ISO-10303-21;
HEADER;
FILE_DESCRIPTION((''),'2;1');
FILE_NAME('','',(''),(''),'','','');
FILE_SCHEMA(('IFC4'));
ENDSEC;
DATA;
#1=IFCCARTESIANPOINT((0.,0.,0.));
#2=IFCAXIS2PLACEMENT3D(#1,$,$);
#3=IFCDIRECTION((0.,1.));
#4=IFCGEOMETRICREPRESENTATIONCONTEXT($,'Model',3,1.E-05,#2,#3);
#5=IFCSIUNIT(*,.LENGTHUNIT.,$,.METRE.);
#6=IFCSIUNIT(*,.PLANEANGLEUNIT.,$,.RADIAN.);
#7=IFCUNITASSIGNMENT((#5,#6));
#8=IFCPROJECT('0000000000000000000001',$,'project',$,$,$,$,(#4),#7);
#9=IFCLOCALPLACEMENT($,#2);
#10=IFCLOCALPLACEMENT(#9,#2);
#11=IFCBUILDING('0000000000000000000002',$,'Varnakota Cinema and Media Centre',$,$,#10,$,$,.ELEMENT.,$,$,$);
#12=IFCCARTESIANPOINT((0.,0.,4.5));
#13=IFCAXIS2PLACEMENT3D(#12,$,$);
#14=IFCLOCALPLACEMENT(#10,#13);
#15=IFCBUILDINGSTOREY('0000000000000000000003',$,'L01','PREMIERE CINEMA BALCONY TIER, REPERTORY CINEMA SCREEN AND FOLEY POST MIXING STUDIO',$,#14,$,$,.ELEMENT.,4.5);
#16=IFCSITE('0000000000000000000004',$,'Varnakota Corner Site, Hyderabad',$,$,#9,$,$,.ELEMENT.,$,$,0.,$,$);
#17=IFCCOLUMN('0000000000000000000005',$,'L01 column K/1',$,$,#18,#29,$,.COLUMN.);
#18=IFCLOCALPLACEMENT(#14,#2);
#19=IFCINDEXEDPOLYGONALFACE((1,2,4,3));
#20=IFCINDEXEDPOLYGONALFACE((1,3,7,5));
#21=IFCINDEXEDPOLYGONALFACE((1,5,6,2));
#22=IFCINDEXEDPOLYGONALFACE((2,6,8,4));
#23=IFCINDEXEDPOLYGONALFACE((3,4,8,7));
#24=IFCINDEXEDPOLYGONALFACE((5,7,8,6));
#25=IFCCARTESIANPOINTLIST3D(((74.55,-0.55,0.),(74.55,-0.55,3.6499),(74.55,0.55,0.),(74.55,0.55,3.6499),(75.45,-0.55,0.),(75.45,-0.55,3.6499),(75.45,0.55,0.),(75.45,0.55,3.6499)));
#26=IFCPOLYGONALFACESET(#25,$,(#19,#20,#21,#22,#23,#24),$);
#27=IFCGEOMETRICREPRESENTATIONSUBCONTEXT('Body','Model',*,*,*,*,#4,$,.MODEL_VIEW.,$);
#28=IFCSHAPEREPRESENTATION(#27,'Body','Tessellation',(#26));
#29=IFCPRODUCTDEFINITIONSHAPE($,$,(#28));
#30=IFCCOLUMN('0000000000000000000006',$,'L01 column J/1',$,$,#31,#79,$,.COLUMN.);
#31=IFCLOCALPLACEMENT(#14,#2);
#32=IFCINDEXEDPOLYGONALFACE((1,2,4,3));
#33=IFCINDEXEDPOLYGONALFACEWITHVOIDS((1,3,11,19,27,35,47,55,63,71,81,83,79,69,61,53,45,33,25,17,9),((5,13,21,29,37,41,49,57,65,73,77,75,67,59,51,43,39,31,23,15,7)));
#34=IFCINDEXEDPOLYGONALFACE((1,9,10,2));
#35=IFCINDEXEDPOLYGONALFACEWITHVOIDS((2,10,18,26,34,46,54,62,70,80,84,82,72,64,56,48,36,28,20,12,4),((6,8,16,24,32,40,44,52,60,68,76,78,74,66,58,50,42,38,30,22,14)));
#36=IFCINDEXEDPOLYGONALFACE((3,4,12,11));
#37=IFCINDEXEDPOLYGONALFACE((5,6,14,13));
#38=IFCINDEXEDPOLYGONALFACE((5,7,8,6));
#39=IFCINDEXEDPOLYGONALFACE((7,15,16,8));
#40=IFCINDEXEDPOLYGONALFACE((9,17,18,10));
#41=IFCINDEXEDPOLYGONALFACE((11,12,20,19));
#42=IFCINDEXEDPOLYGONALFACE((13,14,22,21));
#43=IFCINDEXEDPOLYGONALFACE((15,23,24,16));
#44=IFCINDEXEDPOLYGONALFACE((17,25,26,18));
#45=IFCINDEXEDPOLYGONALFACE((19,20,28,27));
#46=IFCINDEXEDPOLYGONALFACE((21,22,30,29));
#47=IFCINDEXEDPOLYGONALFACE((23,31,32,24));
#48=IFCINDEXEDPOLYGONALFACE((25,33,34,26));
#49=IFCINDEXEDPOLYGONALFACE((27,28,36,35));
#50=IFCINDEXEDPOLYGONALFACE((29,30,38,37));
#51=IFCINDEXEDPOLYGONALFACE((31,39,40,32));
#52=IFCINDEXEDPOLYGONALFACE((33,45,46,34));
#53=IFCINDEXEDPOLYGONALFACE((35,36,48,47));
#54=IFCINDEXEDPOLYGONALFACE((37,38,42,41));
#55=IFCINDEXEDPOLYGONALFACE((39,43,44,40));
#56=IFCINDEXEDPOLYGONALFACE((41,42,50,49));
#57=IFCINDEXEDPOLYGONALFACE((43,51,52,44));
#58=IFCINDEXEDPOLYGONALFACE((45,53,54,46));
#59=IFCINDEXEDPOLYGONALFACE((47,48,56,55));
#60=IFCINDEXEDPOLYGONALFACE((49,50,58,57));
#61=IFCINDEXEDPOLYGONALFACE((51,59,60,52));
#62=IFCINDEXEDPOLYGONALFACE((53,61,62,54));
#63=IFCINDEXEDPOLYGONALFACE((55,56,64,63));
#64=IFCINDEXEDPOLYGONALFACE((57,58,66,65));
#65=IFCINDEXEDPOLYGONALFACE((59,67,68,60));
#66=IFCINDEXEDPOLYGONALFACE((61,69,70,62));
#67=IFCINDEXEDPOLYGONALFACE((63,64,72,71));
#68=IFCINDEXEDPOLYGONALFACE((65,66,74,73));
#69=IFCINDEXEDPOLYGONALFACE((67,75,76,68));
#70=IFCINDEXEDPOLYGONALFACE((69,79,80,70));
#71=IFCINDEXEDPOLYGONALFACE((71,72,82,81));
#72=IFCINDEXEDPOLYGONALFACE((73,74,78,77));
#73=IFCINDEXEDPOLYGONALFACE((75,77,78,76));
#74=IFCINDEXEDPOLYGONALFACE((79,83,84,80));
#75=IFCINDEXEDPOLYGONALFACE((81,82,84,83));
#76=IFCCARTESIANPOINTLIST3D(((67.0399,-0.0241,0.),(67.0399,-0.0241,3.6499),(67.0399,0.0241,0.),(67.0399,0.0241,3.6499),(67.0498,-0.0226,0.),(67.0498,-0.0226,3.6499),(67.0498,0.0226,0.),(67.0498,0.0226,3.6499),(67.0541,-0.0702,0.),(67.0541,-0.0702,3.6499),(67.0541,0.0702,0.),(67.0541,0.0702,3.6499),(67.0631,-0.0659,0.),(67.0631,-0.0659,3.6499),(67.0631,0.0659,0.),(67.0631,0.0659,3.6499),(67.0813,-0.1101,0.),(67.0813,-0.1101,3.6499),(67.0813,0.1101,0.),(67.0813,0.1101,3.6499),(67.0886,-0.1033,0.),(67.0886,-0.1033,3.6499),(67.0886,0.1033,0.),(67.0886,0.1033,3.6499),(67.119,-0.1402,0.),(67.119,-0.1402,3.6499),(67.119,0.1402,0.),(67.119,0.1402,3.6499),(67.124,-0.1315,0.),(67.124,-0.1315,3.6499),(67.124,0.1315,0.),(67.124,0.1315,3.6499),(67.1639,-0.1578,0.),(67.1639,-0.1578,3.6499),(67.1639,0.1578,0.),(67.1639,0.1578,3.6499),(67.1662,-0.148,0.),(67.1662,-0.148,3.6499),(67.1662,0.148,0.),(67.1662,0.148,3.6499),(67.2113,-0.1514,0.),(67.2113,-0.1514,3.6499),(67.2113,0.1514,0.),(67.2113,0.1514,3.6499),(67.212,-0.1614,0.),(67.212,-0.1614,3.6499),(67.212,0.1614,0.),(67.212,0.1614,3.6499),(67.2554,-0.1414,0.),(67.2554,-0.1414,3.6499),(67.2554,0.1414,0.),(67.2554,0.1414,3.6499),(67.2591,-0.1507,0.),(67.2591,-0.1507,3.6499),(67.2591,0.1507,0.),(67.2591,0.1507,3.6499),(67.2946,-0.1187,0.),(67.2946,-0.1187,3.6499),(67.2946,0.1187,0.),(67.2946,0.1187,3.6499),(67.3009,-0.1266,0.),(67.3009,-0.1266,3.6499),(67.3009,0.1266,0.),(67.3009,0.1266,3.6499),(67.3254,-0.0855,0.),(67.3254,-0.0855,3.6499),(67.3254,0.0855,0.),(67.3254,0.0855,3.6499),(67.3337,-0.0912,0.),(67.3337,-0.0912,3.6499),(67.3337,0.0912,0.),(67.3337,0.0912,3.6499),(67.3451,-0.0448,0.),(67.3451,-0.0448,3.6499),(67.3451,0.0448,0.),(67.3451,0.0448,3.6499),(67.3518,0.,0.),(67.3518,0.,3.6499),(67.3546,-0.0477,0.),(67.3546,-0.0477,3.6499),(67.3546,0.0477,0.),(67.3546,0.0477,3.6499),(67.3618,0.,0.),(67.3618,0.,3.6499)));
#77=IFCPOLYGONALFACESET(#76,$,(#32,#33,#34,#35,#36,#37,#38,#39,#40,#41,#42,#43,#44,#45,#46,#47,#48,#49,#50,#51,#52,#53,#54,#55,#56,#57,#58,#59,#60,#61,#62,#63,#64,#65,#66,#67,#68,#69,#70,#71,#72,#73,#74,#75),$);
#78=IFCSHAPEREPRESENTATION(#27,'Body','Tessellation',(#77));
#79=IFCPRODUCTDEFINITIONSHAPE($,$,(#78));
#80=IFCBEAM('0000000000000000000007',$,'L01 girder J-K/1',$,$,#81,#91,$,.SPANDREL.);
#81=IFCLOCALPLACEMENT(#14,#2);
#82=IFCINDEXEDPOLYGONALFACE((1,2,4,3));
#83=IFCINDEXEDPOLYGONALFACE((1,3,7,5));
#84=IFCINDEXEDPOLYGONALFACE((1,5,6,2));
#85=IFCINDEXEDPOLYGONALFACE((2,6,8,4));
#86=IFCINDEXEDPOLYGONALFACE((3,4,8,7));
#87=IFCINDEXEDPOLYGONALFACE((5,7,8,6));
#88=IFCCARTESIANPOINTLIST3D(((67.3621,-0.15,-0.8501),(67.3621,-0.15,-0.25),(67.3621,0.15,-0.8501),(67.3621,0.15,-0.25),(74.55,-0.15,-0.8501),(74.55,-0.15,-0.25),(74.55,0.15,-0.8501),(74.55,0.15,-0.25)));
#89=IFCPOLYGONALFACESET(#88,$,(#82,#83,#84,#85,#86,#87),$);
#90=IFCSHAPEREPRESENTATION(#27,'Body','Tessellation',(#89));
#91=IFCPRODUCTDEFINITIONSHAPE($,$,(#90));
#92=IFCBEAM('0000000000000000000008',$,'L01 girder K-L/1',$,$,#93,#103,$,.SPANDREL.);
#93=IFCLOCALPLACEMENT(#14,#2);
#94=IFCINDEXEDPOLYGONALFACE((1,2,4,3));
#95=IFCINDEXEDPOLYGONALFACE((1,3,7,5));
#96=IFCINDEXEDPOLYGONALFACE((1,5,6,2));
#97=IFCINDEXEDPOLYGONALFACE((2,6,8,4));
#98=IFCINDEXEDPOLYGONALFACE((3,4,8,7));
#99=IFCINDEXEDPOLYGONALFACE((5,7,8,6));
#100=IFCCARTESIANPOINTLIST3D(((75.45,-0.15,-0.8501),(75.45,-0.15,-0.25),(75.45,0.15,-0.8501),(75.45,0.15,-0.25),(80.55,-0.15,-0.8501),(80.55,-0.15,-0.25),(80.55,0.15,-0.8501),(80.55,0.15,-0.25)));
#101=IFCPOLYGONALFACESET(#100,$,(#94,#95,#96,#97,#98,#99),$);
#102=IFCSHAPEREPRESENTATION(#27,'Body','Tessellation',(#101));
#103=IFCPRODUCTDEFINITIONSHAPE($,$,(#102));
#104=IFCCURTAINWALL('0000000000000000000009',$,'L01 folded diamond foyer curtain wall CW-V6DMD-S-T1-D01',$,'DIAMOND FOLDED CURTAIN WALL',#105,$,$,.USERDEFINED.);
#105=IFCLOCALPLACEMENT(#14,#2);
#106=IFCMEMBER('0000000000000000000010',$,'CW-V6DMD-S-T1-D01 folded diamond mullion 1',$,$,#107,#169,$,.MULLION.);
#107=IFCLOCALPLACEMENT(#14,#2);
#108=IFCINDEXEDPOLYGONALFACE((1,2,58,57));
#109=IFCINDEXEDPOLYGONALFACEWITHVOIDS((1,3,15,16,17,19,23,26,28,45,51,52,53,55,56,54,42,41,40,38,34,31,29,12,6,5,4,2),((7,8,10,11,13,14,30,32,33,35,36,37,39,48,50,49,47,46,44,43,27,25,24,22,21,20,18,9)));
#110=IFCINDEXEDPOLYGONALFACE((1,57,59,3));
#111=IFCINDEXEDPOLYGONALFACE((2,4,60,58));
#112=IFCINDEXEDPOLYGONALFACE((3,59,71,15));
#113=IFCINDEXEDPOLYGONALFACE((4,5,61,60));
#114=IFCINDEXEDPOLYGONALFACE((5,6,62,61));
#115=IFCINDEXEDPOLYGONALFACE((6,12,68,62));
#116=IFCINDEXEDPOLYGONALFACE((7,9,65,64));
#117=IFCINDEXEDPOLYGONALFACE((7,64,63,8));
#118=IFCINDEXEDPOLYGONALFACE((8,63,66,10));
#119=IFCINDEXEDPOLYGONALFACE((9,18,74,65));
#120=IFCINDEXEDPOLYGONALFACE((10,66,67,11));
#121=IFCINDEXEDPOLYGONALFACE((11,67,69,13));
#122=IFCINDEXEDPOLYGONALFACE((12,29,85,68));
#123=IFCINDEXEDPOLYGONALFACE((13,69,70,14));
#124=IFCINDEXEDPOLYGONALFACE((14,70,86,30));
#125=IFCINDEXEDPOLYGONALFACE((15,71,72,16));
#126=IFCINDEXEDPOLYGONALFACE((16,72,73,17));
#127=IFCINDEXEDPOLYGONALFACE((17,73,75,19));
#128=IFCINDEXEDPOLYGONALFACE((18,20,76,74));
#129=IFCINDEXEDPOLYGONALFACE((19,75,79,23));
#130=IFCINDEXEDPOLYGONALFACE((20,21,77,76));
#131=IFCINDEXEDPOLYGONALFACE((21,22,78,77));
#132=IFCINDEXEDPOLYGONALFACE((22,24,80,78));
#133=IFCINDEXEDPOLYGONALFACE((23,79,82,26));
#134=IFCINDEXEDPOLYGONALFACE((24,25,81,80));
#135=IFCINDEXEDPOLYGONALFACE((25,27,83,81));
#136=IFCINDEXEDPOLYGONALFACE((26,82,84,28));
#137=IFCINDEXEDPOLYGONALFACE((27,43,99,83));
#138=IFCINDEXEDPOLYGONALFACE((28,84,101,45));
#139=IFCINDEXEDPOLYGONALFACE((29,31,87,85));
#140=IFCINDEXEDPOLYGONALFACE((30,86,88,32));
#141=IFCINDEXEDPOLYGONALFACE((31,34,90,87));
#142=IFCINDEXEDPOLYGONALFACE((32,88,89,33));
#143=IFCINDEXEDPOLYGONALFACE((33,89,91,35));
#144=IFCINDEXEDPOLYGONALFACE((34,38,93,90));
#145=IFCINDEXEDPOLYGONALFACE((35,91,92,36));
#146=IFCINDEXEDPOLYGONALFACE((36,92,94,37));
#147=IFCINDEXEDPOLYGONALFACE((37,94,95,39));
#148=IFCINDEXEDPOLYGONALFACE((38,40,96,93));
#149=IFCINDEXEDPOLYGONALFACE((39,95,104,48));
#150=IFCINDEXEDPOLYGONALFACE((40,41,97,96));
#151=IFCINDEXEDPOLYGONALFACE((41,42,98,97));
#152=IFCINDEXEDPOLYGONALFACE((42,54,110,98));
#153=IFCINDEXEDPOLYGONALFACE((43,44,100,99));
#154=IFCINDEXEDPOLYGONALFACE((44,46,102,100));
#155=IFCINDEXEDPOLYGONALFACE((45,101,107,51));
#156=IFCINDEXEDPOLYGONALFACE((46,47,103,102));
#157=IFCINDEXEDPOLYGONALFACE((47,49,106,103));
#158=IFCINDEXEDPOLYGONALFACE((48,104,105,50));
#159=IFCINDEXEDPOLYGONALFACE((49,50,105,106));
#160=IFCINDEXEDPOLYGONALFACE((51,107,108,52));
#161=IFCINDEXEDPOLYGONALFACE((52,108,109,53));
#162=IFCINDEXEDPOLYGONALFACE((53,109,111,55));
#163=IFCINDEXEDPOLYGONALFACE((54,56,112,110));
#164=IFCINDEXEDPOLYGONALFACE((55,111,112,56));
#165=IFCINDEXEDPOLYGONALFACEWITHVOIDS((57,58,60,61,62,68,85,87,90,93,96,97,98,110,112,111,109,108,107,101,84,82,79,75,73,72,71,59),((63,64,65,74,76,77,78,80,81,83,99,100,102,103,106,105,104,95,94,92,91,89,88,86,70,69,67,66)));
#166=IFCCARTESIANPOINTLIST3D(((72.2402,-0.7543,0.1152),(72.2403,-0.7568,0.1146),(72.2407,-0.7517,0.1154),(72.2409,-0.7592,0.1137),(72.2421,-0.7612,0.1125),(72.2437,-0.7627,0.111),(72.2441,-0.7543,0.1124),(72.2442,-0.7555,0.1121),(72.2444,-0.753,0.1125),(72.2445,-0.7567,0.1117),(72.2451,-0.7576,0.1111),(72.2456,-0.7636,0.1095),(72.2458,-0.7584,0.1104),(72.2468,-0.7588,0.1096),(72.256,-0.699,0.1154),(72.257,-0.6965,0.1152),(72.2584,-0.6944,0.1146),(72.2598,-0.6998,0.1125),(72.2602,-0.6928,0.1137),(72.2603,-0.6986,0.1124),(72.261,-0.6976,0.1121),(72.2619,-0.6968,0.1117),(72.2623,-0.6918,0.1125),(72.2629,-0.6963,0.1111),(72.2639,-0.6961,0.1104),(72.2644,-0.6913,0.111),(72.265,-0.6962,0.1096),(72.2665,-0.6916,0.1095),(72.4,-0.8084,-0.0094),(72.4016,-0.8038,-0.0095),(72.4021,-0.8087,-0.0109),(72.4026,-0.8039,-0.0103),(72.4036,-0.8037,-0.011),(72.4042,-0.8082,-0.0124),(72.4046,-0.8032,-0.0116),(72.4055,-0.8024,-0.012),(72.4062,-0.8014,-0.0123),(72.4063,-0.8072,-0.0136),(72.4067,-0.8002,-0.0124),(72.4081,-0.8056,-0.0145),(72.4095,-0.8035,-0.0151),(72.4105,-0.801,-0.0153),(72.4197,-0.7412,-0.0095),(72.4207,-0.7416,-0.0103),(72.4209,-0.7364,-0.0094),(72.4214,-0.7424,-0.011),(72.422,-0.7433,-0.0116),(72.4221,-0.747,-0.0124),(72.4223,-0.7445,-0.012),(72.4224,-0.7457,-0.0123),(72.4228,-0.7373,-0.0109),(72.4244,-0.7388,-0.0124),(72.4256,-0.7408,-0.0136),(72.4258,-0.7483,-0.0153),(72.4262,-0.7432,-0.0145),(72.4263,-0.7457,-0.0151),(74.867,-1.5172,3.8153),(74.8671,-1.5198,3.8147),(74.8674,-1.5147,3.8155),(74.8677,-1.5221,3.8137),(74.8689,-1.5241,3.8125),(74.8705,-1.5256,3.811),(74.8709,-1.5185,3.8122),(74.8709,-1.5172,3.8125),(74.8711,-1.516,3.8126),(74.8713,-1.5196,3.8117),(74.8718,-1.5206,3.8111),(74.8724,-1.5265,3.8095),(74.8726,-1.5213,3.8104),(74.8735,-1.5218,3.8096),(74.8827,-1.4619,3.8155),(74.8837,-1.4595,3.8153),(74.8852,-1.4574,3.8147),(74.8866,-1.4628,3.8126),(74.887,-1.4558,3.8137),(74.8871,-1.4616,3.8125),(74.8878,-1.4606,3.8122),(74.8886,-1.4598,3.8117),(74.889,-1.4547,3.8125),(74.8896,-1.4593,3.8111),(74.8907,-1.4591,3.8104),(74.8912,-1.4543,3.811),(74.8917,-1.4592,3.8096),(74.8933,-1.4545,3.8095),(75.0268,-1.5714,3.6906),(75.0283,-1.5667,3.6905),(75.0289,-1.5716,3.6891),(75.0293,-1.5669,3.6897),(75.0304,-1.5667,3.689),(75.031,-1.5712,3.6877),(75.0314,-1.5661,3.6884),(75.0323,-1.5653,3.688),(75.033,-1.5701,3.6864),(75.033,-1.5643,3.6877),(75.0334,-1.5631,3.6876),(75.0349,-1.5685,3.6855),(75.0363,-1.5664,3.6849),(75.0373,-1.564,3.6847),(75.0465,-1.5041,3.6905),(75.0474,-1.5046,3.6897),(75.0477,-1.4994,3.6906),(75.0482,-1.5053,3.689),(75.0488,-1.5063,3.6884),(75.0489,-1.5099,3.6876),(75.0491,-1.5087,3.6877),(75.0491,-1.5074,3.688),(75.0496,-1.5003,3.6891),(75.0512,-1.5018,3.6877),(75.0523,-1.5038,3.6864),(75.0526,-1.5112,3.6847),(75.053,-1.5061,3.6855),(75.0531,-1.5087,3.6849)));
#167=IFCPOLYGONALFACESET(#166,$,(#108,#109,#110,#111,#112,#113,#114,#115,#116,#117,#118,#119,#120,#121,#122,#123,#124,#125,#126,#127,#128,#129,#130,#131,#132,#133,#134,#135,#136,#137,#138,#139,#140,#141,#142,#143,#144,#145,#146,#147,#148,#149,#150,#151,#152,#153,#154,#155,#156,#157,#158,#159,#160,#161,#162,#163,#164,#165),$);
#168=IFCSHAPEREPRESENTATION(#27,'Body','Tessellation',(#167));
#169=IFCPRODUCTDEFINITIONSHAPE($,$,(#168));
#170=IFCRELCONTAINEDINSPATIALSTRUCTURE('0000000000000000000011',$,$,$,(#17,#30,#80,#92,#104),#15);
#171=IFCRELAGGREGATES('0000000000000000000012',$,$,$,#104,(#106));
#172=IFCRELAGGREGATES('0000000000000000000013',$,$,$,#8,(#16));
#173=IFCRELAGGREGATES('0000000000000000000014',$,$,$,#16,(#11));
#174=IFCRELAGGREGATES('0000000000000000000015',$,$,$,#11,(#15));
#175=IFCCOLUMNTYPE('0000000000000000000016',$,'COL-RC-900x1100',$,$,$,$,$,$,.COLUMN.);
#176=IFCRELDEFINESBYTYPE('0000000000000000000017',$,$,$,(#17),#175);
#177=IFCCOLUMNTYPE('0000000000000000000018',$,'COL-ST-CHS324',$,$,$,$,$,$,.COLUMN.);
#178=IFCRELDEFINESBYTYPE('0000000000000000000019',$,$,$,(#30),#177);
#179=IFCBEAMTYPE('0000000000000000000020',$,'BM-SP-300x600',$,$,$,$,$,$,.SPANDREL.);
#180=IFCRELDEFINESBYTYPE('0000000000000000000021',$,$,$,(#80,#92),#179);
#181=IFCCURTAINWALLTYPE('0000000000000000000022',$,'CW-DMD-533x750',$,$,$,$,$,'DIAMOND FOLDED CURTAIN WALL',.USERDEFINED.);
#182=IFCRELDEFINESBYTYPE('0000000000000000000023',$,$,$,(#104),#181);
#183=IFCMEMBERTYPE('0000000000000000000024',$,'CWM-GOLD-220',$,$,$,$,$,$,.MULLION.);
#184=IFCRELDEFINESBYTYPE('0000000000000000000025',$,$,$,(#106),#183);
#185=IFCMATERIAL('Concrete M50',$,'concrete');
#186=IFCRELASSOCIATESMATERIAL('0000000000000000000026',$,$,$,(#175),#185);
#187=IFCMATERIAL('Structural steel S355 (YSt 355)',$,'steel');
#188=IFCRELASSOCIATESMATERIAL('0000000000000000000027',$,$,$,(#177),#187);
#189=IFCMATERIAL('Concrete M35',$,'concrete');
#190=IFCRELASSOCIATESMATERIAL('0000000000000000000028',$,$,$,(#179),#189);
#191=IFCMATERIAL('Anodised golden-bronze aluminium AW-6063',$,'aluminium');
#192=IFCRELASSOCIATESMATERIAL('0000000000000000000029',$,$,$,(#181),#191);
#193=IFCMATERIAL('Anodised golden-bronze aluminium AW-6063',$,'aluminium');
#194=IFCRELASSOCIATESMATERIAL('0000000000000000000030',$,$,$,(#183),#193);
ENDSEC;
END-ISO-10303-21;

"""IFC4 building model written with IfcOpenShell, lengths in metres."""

from ifc_helpers import new_model, si_unit, direction, frame, origin, origin_2d, place, context, subcontext, project, spatial, rectangle, hollow_rectangle, hollow_circle, extrude, material, material_profile, profile_set, type_object, element, aggregate, save


model = new_model("IFC4")

# Units and contexts
model_context = context("Model", 3, precision=1e-05, world=origin(), true_north=direction((0.0, 1.0)))
body_context = subcontext(model_context, "Body", "Model", "MODEL_VIEW")
ifc_project = project(units=[si_unit("LENGTHUNIT", "METRE"), si_unit("PLANEANGLEUNIT", "RADIAN")], contexts=[model_context])

# Site, building, storey
site_placement = place(None, origin())
site = spatial("IfcSite", under=ifc_project, at=site_placement, Name="Varnakota Corner Site, Hyderabad", CompositionType="ELEMENT", RefElevation=0.0)
building_placement = place(site_placement, origin())
building = spatial("IfcBuilding", under=site, at=building_placement, Name="Varnakota Cinema and Media Centre", CompositionType="ELEMENT")
storey_placement = place(building_placement, frame((0.0, 0.0, 4.5)))
storey = spatial("IfcBuildingStorey", under=building, at=storey_placement, Name="L01", Description="PREMIERE CINEMA BALCONY TIER, REPERTORY CINEMA SCREEN AND FOLEY POST MIXING STUDIO", CompositionType="ELEMENT", Elevation=4.5)

# Columns
ifc_material_1 = material(Name="Concrete M50", Category="concrete")
ifc_material_profile_1 = material_profile(ifc_material_1, rectangle(XDim=0.8999, YDim=1.1001, at=origin_2d()), Name="RC 900x1100")
ifc_profile_set_1 = profile_set([ifc_material_profile_1], Name="Concrete M50")
column_type_1 = type_object("IfcColumnType", Name="COL-RC-900x1100", PredefinedType="COLUMN", material=ifc_profile_set_1)
column_1_placement = place(storey_placement, frame((75.0, 0.0, 0.0), z_axis=(0.0, 0.0, 1.0), x_axis=(1.0, 0.0, 0.0)))
element("IfcColumn", 1, at=column_1_placement, inside=storey, type_object=column_type_1, Name="L01 column K/1", PredefinedType="COLUMN", context=body_context, shape_type="SweptSolid", body=[
    extrude(rectangle(XDim=0.8999, YDim=1.1001, at=origin_2d()), origin(), (0.0, 0.0, 1.0), 3.6499),
])
ifc_material_2 = material(Name="Structural steel S355 (YSt 355)", Category="steel")
ifc_material_profile_2 = material_profile(ifc_material_2, hollow_circle(Radius=0.1619, WallThickness=0.01, at=origin_2d()), Name="CHS 323.9x10.0")
ifc_profile_set_2 = profile_set([ifc_material_profile_2], Name="Structural steel S355 (YSt 355)")
column_type_2 = type_object("IfcColumnType", Name="COL-ST-CHS324", PredefinedType="COLUMN", material=ifc_profile_set_2)
column_2_placement = place(storey_placement, frame((67.2, 0.0, 0.0), z_axis=(0.0, 0.0, 1.0), x_axis=(1.0, 0.0, 0.0)))
element("IfcColumn", 2, at=column_2_placement, inside=storey, type_object=column_type_2, Name="L01 column J/1", PredefinedType="COLUMN", context=body_context, shape_type="SweptSolid", body=[
    extrude(hollow_circle(Radius=0.1619, WallThickness=0.01, at=origin_2d()), origin(), (0.0, 0.0, 1.0), 3.6499),
])

# Beams
ifc_material_3 = material(Name="Concrete M35", Category="concrete")
ifc_material_profile_3 = material_profile(ifc_material_3, rectangle(XDim=0.3, YDim=0.6001, at=origin_2d()), Name="RCB 300x600")
ifc_profile_set_3 = profile_set([ifc_material_profile_3], Name="Concrete M35")
beam_type = type_object("IfcBeamType", Name="BM-SP-300x600", PredefinedType="SPANDREL", material=ifc_profile_set_3)
beam_1_placement = place(storey_placement, frame((67.3621, 0.0, -0.55), z_axis=(1.0, 0.0, 0.0), x_axis=(0.0, 1.0, 0.0)))
element("IfcBeam", 3, at=beam_1_placement, inside=storey, type_object=beam_type, Name="L01 girder J-K/1", PredefinedType="SPANDREL", context=body_context, shape_type="SweptSolid", body=[
    extrude(rectangle(XDim=0.3, YDim=0.6001, at=origin_2d()), origin(), (0.0, 0.0, 1.0), 7.188),
])
beam_2_placement = place(storey_placement, frame((75.45, 0.0, -0.55), z_axis=(1.0, 0.0, 0.0), x_axis=(0.0, 1.0, 0.0)))
element("IfcBeam", 4, at=beam_2_placement, inside=storey, type_object=beam_type, Name="L01 girder K-L/1", PredefinedType="SPANDREL", context=body_context, shape_type="SweptSolid", body=[
    extrude(rectangle(XDim=0.3, YDim=0.6001, at=origin_2d()), origin(), (0.0, 0.0, 1.0), 5.1001),
])

# Curtain wall, member
ifc_material_4 = material(Name="Anodised golden-bronze aluminium AW-6063", Category="aluminium")
curtain_wall_type = type_object("IfcCurtainWallType", Name="CW-DMD-533x750", ElementType="DIAMOND FOLDED CURTAIN WALL", PredefinedType="USERDEFINED", material=ifc_material_4)
curtain_wall_1_placement = place(storey_placement, origin())
curtain_wall_1 = element("IfcCurtainWall", 5, at=curtain_wall_1_placement, inside=storey, type_object=curtain_wall_type, Name="L01 folded diamond foyer curtain wall CW-V6DMD-S-T1-D01", ObjectType="DIAMOND FOLDED CURTAIN WALL", PredefinedType="USERDEFINED")
ifc_material_5 = material(Name="Anodised golden-bronze aluminium AW-6063", Category="aluminium")
ifc_material_profile_4 = material_profile(ifc_material_5, hollow_rectangle(XDim=0.075, YDim=0.22, WallThickness=0.0049, InnerFilletRadius=0.0049, OuterFilletRadius=0.01, at=origin_2d()), Name="AL-MULLION 220x75x5")
ifc_profile_set_4 = profile_set([ifc_material_profile_4], Name="Anodised golden-bronze aluminium AW-6063")
member_type_1 = type_object("IfcMemberType", Name="CWM-GOLD-220", PredefinedType="MULLION", material=ifc_profile_set_4)
member_1_placement = place(storey_placement, frame((72.3333, -0.75, 0.05), z_axis=(0.570871, -0.165812, 0.804122), x_axis=(0.278927, 0.960312, 0.0)))
member_1 = element("IfcMember", 6, at=member_1_placement, type_object=member_type_1, Name="CW-V6DMD-S-T1-D01 folded diamond mullion 1", PredefinedType="MULLION", context=body_context, shape_type="SweptSolid", body=[
    extrude(hollow_rectangle(XDim=0.075, YDim=0.22, WallThickness=0.0049, InnerFilletRadius=0.0049, OuterFilletRadius=0.01, at=origin_2d()), origin(), (0.0, 0.0, 1.0), 4.6013),
])

aggregate(curtain_wall_1, [member_1])

save(model, "model.ifc")
